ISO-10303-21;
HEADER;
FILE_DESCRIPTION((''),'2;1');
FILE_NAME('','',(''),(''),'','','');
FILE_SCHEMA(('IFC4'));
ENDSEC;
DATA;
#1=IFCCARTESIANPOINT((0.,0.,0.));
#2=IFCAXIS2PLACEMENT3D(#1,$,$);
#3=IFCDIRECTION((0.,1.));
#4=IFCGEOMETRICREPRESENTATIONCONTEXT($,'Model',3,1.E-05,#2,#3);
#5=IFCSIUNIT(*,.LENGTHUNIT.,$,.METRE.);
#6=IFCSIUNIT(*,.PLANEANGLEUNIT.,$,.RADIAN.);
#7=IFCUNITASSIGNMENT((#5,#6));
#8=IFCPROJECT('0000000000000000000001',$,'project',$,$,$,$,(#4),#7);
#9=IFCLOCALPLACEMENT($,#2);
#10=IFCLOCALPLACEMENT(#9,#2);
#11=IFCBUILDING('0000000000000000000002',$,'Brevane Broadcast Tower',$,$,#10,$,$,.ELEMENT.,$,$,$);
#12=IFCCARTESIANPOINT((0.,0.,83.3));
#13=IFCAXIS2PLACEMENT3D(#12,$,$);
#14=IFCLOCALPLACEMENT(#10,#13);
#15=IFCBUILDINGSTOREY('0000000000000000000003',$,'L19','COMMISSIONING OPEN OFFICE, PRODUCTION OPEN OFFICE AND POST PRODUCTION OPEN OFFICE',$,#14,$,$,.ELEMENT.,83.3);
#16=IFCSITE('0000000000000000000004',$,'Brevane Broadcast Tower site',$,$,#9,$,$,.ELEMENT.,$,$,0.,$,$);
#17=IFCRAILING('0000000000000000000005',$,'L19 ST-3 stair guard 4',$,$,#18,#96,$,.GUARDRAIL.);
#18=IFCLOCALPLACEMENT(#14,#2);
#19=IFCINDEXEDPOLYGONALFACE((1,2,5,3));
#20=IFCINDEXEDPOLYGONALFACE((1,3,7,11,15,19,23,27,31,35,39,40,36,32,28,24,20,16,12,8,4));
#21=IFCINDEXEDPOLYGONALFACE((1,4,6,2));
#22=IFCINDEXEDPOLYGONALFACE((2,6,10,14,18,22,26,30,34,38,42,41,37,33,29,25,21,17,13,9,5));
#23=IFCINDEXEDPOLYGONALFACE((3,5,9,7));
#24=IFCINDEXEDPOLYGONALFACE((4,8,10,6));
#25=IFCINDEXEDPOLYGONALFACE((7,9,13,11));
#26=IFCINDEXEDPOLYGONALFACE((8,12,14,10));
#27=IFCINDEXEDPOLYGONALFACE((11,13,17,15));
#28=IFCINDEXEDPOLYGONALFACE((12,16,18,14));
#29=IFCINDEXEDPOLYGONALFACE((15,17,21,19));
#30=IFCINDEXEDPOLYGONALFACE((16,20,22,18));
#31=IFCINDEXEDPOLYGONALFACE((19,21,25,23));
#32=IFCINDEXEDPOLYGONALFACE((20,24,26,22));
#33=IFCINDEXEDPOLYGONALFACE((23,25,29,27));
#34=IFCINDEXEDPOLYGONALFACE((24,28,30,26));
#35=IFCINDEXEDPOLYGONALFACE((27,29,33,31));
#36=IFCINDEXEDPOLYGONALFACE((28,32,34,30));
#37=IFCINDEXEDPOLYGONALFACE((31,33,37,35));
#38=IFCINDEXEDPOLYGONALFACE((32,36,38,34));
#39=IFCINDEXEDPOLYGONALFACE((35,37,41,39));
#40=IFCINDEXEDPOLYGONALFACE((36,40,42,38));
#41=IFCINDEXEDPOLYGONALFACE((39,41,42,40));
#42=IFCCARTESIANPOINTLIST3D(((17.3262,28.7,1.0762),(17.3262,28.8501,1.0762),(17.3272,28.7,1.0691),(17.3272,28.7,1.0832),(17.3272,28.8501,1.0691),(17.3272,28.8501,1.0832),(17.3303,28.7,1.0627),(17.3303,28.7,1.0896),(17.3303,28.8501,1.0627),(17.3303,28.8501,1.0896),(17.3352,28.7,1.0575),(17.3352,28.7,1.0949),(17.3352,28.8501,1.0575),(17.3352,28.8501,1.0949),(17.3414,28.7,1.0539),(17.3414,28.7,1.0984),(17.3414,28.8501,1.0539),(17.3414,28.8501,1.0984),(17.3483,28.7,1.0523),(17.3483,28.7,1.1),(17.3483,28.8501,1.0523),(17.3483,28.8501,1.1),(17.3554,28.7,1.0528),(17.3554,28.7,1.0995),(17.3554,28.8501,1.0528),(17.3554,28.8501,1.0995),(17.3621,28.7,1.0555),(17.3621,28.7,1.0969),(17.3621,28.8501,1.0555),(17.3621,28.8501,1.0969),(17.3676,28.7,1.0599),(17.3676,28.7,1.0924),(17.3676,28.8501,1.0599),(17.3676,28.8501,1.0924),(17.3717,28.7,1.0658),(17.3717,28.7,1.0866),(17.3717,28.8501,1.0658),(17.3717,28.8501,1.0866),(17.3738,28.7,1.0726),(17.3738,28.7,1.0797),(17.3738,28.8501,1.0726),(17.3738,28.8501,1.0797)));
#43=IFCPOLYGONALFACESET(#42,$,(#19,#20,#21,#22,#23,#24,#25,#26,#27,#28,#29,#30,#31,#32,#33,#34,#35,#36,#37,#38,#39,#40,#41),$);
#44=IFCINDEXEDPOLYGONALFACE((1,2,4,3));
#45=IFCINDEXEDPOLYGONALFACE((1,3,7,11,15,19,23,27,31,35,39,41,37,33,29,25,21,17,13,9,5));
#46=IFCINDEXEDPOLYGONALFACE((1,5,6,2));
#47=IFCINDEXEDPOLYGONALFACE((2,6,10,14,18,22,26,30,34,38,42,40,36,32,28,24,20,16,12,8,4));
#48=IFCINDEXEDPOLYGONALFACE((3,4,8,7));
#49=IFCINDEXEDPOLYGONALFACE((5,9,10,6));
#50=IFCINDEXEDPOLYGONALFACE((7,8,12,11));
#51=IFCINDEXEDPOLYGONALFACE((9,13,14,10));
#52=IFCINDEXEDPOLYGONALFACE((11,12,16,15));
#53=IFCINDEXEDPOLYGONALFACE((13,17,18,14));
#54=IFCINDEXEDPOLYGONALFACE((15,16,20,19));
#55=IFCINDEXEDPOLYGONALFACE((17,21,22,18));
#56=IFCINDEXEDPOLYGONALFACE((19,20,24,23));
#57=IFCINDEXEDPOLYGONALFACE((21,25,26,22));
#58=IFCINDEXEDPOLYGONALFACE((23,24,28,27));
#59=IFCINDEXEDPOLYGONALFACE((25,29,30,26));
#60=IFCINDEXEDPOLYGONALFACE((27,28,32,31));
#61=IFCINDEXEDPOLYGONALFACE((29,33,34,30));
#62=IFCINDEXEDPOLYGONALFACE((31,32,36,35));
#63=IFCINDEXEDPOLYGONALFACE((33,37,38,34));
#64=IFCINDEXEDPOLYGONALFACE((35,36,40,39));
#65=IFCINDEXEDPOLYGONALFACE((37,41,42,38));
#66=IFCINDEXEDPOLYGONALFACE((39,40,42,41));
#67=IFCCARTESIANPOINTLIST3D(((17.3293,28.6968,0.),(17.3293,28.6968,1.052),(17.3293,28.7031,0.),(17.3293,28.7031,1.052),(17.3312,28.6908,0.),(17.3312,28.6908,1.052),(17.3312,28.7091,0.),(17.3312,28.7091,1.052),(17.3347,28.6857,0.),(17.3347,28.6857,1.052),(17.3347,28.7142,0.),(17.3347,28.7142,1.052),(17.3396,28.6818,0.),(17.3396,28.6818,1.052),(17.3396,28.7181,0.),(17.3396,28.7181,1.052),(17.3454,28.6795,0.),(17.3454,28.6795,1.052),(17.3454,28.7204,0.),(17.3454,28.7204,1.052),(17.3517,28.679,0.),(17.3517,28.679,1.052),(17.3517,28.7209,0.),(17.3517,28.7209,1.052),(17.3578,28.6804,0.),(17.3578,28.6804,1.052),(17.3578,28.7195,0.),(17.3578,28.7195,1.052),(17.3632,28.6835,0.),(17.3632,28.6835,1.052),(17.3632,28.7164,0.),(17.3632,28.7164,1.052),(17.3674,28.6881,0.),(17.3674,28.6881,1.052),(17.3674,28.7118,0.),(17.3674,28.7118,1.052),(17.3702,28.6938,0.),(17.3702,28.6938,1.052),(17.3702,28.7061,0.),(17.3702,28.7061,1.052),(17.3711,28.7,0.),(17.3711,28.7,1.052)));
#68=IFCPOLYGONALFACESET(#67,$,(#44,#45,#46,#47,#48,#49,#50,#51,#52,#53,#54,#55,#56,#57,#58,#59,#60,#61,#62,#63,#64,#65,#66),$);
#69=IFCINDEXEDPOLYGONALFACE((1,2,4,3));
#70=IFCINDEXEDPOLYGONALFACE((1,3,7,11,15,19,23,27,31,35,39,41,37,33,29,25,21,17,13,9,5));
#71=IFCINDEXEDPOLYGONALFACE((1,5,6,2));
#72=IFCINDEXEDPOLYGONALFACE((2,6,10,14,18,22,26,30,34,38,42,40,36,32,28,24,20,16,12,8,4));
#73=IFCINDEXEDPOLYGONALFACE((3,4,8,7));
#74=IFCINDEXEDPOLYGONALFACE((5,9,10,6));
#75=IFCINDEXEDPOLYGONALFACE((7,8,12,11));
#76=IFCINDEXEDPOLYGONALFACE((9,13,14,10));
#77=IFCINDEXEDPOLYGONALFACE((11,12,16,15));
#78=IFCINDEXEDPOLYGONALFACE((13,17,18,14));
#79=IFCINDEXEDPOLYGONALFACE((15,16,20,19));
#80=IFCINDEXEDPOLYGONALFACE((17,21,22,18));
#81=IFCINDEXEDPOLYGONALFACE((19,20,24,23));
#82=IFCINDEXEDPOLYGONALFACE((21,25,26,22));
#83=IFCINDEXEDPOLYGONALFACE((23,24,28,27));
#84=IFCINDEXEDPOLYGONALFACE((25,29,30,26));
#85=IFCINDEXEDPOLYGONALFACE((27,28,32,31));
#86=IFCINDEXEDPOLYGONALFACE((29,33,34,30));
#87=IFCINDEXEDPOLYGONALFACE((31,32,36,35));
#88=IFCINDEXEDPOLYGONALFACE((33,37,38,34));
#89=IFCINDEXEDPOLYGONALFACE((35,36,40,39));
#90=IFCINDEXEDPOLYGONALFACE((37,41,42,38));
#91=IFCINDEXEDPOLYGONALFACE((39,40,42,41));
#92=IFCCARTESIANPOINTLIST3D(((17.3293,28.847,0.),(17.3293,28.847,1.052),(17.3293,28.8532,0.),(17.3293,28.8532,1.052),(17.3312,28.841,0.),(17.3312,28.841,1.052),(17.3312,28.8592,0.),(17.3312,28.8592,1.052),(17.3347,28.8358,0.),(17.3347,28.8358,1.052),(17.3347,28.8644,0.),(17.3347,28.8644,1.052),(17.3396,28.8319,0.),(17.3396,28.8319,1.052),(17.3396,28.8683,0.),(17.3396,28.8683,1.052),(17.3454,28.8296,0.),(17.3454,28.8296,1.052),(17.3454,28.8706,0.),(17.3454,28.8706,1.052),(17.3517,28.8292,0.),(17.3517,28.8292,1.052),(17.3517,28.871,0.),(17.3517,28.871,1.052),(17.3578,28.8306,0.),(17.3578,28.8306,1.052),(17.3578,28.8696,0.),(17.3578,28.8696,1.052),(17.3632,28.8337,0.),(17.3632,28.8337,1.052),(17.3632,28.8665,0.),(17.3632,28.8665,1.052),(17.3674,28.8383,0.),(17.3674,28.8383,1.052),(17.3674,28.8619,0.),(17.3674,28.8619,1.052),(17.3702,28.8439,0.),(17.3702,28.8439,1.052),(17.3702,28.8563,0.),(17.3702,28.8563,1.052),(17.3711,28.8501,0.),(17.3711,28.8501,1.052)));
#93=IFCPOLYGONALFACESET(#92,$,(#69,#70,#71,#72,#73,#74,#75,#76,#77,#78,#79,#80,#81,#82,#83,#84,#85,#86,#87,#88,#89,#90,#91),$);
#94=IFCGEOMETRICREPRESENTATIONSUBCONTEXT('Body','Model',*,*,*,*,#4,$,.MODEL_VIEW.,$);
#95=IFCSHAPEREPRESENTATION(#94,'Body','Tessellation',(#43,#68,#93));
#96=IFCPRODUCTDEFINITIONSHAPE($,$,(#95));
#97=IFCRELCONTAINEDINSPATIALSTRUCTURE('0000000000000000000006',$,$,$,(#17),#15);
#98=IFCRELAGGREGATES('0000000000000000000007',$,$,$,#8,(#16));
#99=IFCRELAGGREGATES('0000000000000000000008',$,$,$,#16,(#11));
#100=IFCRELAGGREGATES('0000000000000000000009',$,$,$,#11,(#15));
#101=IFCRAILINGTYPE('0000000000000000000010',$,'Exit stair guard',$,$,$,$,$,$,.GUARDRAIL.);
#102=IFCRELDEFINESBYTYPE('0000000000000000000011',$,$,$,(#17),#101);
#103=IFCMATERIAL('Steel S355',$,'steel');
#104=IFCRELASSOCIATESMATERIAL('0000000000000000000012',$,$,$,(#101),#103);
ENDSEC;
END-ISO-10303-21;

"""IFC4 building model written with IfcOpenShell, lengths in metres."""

from ifc_helpers import new_model, si_unit, direction, frame, origin, origin_2d, place, context, subcontext, project, spatial, circle, extrude, material, type_object, element, save


model = new_model("IFC4")

# Units and contexts
model_context = context("Model", 3, precision=1e-05, world=origin(), true_north=direction((0.0, 1.0)))
body_context = subcontext(model_context, "Body", "Model", "MODEL_VIEW")
ifc_project = project(units=[si_unit("LENGTHUNIT", "METRE"), si_unit("PLANEANGLEUNIT", "RADIAN")], contexts=[model_context])

# Site, building, storey
site_placement = place(None, origin())
site = spatial("IfcSite", under=ifc_project, at=site_placement, Name="Brevane Broadcast Tower site", CompositionType="ELEMENT", RefElevation=0.0)
building_placement = place(site_placement, origin())
building = spatial("IfcBuilding", under=site, at=building_placement, Name="Brevane Broadcast Tower", CompositionType="ELEMENT")
storey_placement = place(building_placement, frame((0.0, 0.0, 83.3)))
storey = spatial("IfcBuildingStorey", under=building, at=storey_placement, Name="L19", Description="COMMISSIONING OPEN OFFICE, PRODUCTION OPEN OFFICE AND POST PRODUCTION OPEN OFFICE", CompositionType="ELEMENT", Elevation=83.3)

# Railing
ifc_material_1 = material(Name="Steel S355", Category="steel")
railing_type_1 = type_object("IfcRailingType", Name="Exit stair guard", PredefinedType="GUARDRAIL", material=ifc_material_1)
railing_1_placement = place(storey_placement, frame((17.3501, 28.7, 0.0)))
element("IfcRailing", 1, at=railing_1_placement, inside=storey, type_object=railing_type_1, Name="L19 ST-3 stair guard 4", PredefinedType="GUARDRAIL", context=body_context, shape_type="SweptSolid", body=[
    extrude(circle(Radius=0.0239, at=origin_2d()), frame((0.0, 0.0, 1.0762), z_axis=(0.0, 1.0, 0.0), x_axis=(-1.0, 0.0, 0.0)), (0.0, 0.0, 1.0), 0.1501),
    extrude(circle(Radius=0.021, at=origin_2d()), origin(), (0.0, 0.0, 1.0), 1.052),
    extrude(circle(Radius=0.021, at=origin_2d()), frame((0.0, 0.1501, 0.0)), (0.0, 0.0, 1.0), 1.052),
])

save(model, "model.ifc")
